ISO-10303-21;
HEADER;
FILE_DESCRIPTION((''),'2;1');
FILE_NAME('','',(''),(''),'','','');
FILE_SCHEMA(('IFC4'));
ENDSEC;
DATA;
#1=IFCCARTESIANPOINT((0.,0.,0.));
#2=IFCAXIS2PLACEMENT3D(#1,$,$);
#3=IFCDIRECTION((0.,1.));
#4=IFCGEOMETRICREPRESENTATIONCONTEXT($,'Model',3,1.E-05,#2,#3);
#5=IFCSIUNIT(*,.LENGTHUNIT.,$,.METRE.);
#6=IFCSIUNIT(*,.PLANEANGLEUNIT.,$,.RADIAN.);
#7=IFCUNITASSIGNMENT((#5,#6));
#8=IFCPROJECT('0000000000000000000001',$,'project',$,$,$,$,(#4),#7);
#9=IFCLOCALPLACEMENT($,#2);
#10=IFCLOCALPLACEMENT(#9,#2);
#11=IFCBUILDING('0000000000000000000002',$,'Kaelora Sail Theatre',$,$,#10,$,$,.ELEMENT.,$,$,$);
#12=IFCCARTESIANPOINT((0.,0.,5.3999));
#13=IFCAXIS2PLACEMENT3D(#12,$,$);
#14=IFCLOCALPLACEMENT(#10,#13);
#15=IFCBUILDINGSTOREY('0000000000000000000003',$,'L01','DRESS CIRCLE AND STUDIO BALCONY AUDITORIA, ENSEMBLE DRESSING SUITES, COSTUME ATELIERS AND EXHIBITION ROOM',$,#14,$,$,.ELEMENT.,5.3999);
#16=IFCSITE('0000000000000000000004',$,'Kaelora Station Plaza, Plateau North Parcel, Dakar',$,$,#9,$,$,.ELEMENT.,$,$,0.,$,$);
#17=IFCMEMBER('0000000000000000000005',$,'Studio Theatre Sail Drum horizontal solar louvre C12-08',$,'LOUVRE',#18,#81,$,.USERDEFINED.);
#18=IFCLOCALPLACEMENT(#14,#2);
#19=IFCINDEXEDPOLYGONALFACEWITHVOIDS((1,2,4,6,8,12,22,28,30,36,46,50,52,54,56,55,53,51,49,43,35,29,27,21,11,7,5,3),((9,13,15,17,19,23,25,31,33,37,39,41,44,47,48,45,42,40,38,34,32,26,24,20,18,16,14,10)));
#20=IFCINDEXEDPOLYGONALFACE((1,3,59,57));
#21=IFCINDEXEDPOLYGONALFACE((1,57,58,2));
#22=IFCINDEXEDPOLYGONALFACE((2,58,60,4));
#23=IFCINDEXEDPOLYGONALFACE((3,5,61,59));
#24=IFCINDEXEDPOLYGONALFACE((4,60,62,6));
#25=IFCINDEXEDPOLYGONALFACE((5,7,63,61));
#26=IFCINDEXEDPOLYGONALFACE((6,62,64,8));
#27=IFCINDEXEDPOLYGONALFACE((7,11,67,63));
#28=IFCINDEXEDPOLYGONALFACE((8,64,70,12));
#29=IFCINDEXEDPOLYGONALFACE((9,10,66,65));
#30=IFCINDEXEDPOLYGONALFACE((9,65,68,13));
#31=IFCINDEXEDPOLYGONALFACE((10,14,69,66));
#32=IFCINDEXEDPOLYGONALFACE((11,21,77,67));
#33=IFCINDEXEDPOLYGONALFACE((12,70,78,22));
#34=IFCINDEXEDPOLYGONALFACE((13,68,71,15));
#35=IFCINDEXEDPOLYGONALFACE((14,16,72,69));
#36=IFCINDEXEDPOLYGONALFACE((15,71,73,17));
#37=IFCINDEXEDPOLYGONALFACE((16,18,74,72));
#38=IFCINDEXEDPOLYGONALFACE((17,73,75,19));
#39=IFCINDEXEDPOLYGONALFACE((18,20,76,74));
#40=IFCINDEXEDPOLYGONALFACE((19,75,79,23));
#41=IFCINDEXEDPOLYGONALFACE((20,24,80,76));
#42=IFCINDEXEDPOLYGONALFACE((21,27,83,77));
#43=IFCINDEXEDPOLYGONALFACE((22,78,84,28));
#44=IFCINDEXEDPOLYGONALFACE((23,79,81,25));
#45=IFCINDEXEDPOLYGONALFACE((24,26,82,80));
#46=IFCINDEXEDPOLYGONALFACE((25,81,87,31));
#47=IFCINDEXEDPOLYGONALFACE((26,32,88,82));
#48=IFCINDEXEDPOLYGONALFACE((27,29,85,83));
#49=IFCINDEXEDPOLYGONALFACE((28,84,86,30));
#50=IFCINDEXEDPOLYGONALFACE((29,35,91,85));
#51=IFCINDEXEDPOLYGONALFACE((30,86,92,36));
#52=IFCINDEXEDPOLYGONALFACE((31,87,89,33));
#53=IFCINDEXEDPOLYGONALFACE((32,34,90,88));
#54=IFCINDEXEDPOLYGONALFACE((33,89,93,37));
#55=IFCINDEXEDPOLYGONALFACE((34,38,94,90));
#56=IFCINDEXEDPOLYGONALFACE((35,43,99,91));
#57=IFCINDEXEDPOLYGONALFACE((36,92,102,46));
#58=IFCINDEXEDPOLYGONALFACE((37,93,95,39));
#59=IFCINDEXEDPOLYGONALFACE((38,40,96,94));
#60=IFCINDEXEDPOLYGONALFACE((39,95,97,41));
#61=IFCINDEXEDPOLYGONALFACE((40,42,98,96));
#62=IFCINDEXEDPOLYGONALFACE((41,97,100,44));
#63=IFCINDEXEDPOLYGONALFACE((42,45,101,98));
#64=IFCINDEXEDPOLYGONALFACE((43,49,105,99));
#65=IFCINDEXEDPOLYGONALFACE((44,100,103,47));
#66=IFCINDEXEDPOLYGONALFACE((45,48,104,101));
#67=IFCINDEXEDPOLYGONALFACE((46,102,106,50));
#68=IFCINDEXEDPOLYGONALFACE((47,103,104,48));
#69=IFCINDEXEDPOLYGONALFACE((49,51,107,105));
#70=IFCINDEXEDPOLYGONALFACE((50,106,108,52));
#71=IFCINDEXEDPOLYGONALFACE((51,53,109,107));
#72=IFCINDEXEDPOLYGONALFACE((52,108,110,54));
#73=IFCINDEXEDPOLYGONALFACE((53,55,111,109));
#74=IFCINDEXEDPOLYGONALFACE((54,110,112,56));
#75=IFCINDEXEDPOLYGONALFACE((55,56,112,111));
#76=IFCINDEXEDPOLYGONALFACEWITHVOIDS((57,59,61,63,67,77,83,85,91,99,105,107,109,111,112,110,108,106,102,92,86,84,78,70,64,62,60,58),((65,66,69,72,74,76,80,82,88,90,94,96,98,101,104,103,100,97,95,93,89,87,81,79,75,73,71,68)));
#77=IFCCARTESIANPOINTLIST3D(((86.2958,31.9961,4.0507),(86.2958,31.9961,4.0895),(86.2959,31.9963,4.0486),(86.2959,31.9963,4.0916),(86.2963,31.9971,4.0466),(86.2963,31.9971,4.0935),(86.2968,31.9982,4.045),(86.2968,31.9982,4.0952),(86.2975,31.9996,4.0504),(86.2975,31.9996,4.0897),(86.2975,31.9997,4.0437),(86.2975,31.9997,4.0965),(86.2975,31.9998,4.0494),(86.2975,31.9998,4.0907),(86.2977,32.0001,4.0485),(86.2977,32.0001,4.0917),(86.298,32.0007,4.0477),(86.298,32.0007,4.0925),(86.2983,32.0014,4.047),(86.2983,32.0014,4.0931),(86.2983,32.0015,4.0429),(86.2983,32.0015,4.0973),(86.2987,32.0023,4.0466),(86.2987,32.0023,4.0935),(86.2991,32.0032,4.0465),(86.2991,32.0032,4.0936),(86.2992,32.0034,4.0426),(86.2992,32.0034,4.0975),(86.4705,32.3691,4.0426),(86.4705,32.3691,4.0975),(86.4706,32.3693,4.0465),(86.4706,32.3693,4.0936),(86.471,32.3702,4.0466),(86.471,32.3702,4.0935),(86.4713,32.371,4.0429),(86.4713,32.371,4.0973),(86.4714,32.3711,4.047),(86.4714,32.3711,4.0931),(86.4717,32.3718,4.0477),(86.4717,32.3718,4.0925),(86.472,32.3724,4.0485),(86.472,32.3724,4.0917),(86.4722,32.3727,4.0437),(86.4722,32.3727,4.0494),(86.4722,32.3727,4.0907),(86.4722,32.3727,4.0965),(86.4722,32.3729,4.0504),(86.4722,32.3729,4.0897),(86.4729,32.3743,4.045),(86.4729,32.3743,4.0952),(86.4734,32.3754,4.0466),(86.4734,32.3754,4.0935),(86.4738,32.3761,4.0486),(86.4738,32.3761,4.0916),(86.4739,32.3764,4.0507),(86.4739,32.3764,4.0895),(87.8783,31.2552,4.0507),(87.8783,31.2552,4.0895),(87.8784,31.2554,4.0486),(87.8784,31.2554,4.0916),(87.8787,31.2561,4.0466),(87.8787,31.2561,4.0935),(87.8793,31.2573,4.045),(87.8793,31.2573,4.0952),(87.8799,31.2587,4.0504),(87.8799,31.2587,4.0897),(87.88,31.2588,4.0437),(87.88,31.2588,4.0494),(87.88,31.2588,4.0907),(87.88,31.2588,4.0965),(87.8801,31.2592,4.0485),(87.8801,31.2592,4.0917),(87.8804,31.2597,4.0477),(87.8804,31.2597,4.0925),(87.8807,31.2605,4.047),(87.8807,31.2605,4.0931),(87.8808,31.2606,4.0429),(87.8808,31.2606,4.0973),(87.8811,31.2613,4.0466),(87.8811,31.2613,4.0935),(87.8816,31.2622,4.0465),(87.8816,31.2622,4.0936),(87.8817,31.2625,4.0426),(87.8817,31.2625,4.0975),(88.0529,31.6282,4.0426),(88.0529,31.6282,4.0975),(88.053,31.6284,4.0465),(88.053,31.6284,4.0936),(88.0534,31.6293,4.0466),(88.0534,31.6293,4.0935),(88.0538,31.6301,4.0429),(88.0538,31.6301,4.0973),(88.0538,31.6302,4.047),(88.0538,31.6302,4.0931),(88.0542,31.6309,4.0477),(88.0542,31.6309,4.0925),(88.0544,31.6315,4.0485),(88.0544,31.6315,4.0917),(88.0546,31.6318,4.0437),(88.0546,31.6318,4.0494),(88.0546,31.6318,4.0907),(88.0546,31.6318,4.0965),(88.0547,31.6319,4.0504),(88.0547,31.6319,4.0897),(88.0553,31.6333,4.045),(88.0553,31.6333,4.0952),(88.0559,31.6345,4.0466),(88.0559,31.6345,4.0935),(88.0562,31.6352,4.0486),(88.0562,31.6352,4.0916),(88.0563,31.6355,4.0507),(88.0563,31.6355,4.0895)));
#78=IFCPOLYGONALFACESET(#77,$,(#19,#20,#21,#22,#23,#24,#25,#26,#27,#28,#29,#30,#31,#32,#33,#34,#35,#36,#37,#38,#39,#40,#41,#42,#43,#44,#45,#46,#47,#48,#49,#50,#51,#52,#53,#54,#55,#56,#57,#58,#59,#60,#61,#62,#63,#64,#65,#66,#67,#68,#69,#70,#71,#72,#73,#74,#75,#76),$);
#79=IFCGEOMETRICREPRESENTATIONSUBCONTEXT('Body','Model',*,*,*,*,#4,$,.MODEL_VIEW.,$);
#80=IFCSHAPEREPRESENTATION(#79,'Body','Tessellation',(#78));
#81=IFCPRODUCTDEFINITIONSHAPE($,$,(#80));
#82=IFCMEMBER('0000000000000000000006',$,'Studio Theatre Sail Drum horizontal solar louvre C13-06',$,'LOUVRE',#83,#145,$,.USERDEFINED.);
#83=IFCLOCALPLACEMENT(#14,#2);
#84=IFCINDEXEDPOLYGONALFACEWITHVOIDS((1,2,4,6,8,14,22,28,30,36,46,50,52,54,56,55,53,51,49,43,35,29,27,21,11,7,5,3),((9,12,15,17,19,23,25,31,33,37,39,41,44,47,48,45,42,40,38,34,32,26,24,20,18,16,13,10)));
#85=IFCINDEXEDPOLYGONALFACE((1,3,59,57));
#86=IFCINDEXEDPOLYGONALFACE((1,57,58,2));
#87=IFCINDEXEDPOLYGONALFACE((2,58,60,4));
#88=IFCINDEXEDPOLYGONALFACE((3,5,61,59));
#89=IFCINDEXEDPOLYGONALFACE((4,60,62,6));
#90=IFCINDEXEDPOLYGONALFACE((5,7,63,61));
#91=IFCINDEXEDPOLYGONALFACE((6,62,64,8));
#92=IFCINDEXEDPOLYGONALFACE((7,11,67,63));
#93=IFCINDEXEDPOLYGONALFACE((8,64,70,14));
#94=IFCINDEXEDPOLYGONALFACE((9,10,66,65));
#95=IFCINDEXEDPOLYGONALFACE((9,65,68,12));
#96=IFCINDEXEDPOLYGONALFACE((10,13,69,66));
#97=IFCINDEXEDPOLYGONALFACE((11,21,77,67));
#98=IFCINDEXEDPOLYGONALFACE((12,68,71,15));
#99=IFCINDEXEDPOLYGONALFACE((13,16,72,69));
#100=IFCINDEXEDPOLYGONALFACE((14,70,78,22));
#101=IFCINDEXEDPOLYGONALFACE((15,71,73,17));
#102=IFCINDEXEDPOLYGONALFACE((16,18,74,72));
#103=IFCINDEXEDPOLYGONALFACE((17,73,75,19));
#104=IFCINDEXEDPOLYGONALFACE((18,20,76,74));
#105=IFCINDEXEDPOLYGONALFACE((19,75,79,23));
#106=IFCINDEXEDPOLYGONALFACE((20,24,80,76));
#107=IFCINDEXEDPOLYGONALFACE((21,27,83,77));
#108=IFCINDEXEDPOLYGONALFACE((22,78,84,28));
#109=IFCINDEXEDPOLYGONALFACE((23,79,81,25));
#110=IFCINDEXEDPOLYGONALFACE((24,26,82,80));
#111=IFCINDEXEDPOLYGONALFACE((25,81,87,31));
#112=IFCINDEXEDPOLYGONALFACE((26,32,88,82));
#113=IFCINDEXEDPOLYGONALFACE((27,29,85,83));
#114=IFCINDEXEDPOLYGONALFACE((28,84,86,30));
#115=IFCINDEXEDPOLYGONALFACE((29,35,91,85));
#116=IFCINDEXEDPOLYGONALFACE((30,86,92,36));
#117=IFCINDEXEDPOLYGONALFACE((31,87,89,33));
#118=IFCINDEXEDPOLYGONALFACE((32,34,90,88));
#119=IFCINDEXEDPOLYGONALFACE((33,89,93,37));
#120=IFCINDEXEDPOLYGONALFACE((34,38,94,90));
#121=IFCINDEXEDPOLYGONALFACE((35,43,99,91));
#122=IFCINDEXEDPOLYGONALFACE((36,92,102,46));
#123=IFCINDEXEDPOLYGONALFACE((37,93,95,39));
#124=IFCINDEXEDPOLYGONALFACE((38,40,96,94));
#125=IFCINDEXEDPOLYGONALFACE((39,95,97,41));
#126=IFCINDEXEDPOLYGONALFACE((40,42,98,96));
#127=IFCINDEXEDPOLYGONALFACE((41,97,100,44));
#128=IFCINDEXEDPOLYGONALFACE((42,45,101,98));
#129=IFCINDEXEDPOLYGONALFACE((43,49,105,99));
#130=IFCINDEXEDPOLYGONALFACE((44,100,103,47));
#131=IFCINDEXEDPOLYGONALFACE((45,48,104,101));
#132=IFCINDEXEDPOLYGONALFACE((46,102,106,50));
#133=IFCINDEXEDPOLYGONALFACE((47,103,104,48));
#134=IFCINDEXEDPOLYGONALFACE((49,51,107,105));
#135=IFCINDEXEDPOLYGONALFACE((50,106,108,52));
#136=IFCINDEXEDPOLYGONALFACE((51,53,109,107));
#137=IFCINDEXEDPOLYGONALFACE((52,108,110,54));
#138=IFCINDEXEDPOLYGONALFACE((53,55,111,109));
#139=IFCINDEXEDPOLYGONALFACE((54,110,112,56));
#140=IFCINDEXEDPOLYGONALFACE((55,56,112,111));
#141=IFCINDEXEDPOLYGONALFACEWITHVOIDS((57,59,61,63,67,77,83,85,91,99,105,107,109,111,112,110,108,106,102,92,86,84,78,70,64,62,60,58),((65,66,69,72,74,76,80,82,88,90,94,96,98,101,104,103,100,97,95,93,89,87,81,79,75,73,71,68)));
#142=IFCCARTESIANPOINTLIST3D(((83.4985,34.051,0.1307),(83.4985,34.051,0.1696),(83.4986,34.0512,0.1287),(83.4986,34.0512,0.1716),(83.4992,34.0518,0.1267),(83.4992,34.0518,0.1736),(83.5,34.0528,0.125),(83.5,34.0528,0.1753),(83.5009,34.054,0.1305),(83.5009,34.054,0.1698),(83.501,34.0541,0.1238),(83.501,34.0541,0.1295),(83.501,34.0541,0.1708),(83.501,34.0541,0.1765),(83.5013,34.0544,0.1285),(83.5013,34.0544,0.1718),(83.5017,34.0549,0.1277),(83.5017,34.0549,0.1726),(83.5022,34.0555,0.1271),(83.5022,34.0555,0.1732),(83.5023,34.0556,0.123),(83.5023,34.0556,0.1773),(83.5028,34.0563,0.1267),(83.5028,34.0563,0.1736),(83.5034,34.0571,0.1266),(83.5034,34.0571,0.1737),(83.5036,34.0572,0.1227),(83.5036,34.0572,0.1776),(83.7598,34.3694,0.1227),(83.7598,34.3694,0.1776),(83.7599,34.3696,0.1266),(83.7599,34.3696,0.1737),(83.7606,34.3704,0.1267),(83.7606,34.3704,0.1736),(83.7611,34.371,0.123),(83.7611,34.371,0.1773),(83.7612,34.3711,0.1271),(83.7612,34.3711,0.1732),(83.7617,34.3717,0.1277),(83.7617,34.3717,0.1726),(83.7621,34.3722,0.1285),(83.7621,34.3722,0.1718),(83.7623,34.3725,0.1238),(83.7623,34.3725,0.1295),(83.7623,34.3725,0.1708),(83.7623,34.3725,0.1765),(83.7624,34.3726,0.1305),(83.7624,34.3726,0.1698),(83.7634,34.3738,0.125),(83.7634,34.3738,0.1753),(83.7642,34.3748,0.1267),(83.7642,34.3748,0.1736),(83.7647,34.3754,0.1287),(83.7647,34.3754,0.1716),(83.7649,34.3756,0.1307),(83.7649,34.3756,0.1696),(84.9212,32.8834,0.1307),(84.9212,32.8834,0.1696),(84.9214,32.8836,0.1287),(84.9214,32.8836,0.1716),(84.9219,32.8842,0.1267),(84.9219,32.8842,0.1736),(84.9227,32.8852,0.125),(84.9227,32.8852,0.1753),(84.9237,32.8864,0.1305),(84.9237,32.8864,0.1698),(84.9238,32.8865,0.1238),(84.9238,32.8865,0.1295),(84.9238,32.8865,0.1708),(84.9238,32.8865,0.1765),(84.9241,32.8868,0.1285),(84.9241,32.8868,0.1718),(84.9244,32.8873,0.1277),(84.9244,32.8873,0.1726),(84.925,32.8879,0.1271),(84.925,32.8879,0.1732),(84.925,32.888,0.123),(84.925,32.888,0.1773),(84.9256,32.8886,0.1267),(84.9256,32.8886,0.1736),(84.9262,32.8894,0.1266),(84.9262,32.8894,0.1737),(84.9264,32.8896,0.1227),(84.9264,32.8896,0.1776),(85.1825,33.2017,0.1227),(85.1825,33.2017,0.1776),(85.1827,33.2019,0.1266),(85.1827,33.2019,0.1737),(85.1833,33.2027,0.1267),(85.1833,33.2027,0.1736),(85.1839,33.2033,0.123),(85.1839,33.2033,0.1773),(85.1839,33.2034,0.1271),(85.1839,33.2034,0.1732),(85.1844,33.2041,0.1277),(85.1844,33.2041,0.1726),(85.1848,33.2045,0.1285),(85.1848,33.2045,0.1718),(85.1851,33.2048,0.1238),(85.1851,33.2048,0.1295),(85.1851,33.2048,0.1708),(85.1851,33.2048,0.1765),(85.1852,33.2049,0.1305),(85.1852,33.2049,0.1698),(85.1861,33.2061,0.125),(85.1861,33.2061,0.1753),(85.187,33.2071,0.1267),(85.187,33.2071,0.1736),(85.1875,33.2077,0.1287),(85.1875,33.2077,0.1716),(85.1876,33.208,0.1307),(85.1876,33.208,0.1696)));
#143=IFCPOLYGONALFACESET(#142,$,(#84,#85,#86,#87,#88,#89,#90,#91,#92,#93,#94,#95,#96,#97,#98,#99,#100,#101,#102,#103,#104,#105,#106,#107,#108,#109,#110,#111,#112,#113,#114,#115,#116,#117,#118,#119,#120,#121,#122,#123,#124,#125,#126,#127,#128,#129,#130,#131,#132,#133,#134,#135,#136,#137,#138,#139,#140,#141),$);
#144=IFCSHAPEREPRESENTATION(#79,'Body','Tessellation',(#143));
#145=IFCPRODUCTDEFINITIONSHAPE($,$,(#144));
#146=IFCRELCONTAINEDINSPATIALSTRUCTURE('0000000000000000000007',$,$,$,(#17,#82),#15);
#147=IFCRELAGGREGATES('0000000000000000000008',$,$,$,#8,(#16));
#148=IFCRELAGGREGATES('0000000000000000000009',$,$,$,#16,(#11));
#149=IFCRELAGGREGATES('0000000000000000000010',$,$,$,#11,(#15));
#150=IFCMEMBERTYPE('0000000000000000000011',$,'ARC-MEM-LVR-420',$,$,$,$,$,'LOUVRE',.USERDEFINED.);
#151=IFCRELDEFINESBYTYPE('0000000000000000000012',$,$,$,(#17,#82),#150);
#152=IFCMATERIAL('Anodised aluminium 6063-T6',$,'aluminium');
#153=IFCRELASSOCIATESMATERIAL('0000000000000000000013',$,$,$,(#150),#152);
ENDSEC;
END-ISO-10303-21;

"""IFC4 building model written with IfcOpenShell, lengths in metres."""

from ifc_helpers import new_model, si_unit, direction, frame, origin, origin_2d, place, context, subcontext, project, spatial, hollow_rectangle, extrude, material, material_profile, profile_set, type_object, element, save


model = new_model("IFC4")

# Units and contexts
model_context = context("Model", 3, precision=1e-05, world=origin(), true_north=direction((0.0, 1.0)))
body_context = subcontext(model_context, "Body", "Model", "MODEL_VIEW")
ifc_project = project(units=[si_unit("LENGTHUNIT", "METRE"), si_unit("PLANEANGLEUNIT", "RADIAN")], contexts=[model_context])

# Site, building, storey
site_placement = place(None, origin())
site = spatial("IfcSite", under=ifc_project, at=site_placement, Name="Kaelora Station Plaza, Plateau North Parcel, Dakar", CompositionType="ELEMENT", RefElevation=0.0)
building_placement = place(site_placement, origin())
building = spatial("IfcBuilding", under=site, at=building_placement, Name="Kaelora Sail Theatre", CompositionType="ELEMENT")
storey_placement = place(building_placement, frame((0.0, 0.0, 5.3999)))
storey = spatial("IfcBuildingStorey", under=building, at=storey_placement, Name="L01", Description="DRESS CIRCLE AND STUDIO BALCONY AUDITORIA, ENSEMBLE DRESSING SUITES, COSTUME ATELIERS AND EXHIBITION ROOM", CompositionType="ELEMENT", Elevation=5.3999)

# Members
ifc_material_1 = material(Name="Anodised aluminium 6063-T6", Category="aluminium")
ifc_material_profile_1 = material_profile(ifc_material_1, hollow_rectangle(XDim=0.4199, YDim=0.0549, WallThickness=0.0039, InnerFilletRadius=0.0039, OuterFilletRadius=0.0081, at=origin_2d()), Name="LOUVRE 420x55x4")
ifc_profile_set_1 = profile_set([ifc_material_profile_1], Name="Anodised aluminium 6063-T6")
member_type = type_object("IfcMemberType", Name="ARC-MEM-LVR-420", ElementType="LOUVRE", PredefinedType="USERDEFINED", material=ifc_profile_set_1)
for number, where, z_axis, x_axis, name in (
    (1, (87.9673, 31.4453, 4.0701), (-0.905643, 0.42404, 0.0), (-0.42404, -0.905643, 0.0), "Studio Theatre Sail Drum horizontal solar louvre C12-08"),
):
    element("IfcMember", number, at=place(storey_placement, frame(where, z_axis=z_axis, x_axis=x_axis)), inside=storey, type_object=member_type, Name=name, ObjectType="LOUVRE", PredefinedType="USERDEFINED", context=body_context, shape_type="SweptSolid", body=[
        extrude(hollow_rectangle(XDim=0.4199, YDim=0.0549, WallThickness=0.0039, InnerFilletRadius=0.0039, OuterFilletRadius=0.0081, at=origin_2d()), origin(), (0.0, 0.0, 1.0), 1.7473),
    ])
for number, where, z_axis, x_axis, name in (
    (2, (85.0544, 33.0457, 0.1501), (-0.773005, 0.6344, 0.0), (-0.6344, -0.773005, 0.0), "Studio Theatre Sail Drum horizontal solar louvre C13-06"),
):
    element("IfcMember", number, at=place(storey_placement, frame(where, z_axis=z_axis, x_axis=x_axis)), inside=storey, type_object=member_type, Name=name, ObjectType="LOUVRE", PredefinedType="USERDEFINED", context=body_context, shape_type="SweptSolid", body=[
        extrude(hollow_rectangle(XDim=0.4199, YDim=0.0549, WallThickness=0.0039, InnerFilletRadius=0.0039, OuterFilletRadius=0.0081, at=origin_2d()), origin(), (0.0, 0.0, 1.0), 1.8406),
    ])

save(model, "model.ifc")
